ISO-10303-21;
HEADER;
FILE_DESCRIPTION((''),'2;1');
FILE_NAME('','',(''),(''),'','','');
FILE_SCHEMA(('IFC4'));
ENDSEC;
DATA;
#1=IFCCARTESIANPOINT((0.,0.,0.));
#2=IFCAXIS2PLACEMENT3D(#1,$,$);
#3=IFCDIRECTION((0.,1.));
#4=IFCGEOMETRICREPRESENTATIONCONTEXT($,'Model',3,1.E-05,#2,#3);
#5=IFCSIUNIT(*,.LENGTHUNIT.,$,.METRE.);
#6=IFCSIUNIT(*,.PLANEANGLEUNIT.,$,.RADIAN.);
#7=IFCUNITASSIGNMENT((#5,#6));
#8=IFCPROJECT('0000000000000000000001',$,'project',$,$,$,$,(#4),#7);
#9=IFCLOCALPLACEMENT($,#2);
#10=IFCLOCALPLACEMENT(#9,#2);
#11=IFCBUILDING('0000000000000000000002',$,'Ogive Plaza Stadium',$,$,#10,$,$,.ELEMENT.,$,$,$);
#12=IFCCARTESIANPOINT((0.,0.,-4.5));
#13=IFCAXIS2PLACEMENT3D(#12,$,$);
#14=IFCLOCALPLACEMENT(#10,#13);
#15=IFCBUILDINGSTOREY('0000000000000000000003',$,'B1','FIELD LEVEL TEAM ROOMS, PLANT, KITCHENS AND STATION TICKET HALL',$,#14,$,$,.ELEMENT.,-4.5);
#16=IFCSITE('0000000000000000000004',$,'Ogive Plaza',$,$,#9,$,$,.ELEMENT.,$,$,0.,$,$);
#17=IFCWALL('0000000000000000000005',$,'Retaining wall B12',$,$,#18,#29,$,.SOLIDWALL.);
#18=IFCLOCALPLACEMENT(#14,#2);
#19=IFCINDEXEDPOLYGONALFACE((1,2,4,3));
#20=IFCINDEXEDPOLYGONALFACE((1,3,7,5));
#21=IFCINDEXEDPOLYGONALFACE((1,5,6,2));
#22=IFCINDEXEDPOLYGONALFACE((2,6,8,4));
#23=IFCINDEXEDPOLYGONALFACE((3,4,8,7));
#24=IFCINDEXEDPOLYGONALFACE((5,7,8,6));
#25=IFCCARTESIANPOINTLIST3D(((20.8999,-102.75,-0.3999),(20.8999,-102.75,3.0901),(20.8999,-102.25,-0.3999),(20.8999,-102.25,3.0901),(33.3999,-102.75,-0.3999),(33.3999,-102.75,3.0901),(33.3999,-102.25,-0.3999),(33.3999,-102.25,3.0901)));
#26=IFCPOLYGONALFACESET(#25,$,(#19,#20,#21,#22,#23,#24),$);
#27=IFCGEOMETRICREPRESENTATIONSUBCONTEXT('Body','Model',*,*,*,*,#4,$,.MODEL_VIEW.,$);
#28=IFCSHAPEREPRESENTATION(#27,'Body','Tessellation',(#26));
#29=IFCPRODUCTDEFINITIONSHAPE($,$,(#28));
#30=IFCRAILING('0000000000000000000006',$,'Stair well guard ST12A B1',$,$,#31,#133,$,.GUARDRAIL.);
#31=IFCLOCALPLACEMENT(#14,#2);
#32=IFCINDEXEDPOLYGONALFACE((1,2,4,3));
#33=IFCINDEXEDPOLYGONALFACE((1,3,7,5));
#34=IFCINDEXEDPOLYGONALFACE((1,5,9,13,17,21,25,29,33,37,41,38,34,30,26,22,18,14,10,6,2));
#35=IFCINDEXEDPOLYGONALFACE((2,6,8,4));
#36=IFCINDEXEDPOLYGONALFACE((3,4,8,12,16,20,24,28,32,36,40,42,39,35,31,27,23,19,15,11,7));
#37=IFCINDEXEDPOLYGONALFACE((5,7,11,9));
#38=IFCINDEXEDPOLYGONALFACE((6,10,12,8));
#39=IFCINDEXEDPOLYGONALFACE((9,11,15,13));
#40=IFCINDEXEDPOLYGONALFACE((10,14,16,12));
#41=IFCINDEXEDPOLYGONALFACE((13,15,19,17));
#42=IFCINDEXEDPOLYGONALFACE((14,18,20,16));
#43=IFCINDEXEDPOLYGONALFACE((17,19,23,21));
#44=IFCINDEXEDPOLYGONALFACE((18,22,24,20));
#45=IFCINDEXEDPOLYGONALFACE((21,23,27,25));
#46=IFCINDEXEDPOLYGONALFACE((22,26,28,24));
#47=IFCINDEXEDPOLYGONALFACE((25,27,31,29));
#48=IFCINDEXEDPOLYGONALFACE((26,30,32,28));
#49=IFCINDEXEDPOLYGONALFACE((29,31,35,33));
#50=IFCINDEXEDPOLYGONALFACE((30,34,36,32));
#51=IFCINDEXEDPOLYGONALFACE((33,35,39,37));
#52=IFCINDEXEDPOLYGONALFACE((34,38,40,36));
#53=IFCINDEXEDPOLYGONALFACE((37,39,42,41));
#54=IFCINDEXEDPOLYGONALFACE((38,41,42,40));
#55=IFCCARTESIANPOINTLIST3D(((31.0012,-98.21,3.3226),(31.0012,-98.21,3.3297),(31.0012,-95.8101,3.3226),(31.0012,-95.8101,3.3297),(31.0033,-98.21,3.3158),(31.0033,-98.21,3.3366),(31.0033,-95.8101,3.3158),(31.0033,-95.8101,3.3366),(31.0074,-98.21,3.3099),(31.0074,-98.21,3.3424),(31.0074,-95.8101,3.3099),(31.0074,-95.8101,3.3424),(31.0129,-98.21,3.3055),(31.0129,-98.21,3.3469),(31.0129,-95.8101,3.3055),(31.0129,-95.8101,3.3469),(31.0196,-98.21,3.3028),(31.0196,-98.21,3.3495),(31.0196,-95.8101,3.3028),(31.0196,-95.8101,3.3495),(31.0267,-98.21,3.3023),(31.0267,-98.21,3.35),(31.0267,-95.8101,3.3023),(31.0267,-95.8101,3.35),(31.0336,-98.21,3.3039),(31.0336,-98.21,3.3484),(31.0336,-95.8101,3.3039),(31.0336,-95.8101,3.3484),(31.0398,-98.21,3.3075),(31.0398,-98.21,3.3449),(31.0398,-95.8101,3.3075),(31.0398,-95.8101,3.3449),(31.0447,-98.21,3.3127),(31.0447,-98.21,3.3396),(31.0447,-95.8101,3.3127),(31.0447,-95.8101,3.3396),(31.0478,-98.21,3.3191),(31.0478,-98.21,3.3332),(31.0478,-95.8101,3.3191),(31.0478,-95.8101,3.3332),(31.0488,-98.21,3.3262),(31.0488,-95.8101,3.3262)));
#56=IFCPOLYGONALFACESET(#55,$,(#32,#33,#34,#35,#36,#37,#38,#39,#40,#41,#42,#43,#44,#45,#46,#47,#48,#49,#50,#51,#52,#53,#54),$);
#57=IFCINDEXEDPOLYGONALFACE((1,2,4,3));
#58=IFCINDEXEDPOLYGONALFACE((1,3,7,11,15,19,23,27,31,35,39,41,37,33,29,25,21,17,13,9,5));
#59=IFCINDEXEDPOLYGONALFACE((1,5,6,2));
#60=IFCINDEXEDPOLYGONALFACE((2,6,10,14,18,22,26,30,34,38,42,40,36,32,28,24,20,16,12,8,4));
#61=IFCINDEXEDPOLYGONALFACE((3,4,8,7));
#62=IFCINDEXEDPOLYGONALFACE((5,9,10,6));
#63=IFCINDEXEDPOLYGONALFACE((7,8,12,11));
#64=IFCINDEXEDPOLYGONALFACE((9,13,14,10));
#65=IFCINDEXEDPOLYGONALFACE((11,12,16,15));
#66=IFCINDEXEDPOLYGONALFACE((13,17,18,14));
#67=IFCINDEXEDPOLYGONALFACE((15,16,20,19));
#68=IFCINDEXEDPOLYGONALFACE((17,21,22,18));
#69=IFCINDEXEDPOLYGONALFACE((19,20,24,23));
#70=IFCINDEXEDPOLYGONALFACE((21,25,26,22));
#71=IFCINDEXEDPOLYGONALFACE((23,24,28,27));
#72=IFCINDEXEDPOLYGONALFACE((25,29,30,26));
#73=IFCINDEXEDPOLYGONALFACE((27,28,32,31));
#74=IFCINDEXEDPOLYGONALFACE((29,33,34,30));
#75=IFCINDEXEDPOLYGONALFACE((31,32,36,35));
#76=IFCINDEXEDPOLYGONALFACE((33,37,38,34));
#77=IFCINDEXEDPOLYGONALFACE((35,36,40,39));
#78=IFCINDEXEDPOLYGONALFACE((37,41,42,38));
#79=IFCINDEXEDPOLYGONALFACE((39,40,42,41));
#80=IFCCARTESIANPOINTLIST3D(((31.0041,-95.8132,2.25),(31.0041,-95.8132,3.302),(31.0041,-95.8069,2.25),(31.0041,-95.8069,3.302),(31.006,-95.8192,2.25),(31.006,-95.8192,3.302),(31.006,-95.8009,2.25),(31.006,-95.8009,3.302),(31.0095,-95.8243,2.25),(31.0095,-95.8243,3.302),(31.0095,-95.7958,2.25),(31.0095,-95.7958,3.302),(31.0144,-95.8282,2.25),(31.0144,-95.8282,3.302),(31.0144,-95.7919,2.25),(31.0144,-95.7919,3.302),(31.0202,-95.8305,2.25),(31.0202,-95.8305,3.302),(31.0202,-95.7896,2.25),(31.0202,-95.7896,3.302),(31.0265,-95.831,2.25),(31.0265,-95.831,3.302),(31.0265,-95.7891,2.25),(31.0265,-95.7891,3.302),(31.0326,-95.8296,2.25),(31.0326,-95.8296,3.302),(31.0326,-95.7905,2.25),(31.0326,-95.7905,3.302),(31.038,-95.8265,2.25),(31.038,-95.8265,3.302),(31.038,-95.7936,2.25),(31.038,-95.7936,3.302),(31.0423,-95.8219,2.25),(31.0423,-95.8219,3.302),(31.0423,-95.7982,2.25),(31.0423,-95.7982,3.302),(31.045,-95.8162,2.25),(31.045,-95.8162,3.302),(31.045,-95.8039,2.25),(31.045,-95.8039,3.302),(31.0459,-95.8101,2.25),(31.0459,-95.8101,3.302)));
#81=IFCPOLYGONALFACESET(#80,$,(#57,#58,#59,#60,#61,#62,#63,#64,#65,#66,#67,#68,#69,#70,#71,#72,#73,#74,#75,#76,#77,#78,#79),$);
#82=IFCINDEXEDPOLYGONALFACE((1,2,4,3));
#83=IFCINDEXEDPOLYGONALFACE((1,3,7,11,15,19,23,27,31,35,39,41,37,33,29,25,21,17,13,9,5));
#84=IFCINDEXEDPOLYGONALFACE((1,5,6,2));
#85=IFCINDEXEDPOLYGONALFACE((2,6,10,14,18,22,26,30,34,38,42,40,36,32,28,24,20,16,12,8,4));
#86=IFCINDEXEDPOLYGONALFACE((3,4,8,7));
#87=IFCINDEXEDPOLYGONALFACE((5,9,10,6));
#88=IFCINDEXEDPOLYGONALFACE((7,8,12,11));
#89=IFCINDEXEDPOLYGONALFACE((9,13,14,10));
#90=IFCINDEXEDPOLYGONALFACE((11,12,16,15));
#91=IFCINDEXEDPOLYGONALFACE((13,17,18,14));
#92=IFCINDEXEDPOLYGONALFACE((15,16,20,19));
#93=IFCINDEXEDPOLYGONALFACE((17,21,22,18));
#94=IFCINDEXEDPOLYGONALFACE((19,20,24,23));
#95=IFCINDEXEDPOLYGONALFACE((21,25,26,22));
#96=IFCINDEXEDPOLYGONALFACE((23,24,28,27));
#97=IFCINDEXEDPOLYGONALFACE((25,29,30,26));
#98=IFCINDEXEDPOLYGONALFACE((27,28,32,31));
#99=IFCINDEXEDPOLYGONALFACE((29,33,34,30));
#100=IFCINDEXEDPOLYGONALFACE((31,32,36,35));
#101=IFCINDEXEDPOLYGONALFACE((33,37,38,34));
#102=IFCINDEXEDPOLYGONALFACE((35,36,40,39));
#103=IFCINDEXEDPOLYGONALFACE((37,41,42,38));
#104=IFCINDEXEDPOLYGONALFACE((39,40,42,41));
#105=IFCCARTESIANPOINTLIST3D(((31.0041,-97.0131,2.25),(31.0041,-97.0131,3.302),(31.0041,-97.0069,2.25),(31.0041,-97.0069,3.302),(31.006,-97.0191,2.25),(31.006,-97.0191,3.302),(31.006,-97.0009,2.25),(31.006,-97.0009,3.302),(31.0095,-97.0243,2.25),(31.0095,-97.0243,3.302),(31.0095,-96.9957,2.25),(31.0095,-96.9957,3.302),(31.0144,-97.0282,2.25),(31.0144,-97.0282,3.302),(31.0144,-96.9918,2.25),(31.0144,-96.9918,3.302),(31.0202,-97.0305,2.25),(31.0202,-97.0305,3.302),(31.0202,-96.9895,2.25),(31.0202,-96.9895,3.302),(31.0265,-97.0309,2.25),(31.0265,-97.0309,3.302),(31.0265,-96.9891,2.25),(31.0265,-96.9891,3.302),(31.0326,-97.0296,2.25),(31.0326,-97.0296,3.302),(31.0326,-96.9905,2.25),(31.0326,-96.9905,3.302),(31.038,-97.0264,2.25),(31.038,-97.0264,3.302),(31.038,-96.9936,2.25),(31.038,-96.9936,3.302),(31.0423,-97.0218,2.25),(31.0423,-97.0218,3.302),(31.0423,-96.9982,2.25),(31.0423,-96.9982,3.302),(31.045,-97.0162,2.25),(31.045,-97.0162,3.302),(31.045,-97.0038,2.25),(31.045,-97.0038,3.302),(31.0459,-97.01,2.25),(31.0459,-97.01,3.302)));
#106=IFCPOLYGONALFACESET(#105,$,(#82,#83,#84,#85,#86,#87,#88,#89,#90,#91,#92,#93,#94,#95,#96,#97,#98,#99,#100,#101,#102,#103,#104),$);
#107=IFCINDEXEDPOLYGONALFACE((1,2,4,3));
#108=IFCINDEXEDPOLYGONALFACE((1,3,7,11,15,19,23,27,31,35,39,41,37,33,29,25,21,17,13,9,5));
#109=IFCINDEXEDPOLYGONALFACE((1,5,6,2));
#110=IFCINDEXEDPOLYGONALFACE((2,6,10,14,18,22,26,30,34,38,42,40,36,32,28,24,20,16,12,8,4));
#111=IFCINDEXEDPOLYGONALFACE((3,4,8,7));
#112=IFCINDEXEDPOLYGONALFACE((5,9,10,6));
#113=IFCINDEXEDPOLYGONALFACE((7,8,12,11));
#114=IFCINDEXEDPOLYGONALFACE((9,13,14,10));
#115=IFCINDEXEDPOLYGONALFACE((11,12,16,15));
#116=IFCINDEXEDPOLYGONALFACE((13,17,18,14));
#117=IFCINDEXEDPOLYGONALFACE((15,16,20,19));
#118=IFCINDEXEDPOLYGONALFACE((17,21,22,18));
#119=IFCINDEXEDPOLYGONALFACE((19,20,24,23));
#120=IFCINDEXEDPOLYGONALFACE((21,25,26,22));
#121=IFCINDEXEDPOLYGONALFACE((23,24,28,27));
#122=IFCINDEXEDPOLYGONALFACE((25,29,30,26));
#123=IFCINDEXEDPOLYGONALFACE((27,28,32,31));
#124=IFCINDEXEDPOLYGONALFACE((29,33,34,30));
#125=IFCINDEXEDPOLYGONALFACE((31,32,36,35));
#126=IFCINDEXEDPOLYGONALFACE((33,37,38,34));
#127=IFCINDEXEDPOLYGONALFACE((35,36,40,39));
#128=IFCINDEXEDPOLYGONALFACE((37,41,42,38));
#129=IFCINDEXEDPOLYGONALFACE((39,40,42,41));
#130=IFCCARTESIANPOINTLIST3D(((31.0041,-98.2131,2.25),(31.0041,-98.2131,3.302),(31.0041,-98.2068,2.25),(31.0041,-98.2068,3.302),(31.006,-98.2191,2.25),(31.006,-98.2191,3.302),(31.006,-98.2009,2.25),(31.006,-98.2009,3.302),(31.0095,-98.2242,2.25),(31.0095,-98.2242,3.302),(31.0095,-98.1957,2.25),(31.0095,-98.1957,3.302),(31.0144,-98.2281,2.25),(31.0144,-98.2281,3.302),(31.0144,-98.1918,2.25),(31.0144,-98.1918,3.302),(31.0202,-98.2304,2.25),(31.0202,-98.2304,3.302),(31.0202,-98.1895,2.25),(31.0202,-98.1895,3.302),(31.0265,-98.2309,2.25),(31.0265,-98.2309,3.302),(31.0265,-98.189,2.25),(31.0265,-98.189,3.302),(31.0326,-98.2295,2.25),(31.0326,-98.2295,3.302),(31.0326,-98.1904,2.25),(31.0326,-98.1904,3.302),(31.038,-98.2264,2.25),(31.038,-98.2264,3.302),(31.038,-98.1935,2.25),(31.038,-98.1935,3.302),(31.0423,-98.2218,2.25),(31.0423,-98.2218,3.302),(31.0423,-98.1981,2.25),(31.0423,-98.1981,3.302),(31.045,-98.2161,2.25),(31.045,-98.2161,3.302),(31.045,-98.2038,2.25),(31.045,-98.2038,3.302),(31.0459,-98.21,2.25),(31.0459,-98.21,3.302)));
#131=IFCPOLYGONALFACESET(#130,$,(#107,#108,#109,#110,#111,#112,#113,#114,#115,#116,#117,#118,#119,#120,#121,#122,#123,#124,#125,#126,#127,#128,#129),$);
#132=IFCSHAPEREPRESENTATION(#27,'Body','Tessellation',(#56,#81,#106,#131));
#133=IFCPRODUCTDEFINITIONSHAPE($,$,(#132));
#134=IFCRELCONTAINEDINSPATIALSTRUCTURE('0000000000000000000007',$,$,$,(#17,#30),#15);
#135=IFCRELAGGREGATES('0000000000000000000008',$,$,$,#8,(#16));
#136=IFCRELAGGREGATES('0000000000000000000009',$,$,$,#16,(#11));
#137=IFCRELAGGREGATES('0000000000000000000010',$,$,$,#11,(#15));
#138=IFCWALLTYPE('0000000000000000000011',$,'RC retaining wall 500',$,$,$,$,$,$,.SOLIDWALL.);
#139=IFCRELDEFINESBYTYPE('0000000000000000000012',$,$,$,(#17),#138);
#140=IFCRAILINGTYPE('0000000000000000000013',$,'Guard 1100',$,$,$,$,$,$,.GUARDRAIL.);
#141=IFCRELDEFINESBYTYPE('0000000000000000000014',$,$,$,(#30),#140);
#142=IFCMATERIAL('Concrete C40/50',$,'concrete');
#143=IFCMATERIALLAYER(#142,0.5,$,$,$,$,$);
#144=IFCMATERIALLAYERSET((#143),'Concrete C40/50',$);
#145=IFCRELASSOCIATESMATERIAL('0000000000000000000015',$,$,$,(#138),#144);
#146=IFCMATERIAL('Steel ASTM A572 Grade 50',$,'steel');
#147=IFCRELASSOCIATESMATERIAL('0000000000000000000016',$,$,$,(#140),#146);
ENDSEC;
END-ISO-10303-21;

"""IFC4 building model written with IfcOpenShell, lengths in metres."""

from ifc_helpers import new_model, si_unit, direction, frame, frame_2d, origin, origin_2d, place, context, subcontext, project, spatial, rectangle, circle, extrude, material, layer, layer_set, type_object, element, save


model = new_model("IFC4")

# Units and contexts
model_context = context("Model", 3, precision=1e-05, world=origin(), true_north=direction((0.0, 1.0)))
body_context = subcontext(model_context, "Body", "Model", "MODEL_VIEW")
ifc_project = project(units=[si_unit("LENGTHUNIT", "METRE"), si_unit("PLANEANGLEUNIT", "RADIAN")], contexts=[model_context])

# Site, building, storey
site_placement = place(None, origin())
site = spatial("IfcSite", under=ifc_project, at=site_placement, Name="Ogive Plaza", CompositionType="ELEMENT", RefElevation=0.0)
building_placement = place(site_placement, origin())
building = spatial("IfcBuilding", under=site, at=building_placement, Name="Ogive Plaza Stadium", CompositionType="ELEMENT")
storey_placement = place(building_placement, frame((0.0, 0.0, -4.5)))
storey = spatial("IfcBuildingStorey", under=building, at=storey_placement, Name="B1", Description="FIELD LEVEL TEAM ROOMS, PLANT, KITCHENS AND STATION TICKET HALL", CompositionType="ELEMENT", Elevation=-4.5)

# Wall
ifc_material_1 = material(Name="Concrete C40/50", Category="concrete")
ifc_layer_1 = layer(ifc_material_1, 0.5)
ifc_layer_set_1 = layer_set([ifc_layer_1], Name="Concrete C40/50")
wall_type_1 = type_object("IfcWallType", Name="RC retaining wall 500", PredefinedType="SOLIDWALL", material=ifc_layer_set_1)
wall_1_placement = place(storey_placement, frame((33.3999, -102.5, -0.3999), z_axis=(0.0, 0.0, 1.0), x_axis=(-1.0, 0.0, 0.0)))
element("IfcWall", 1, at=wall_1_placement, inside=storey, type_object=wall_type_1, Name="Retaining wall B12", PredefinedType="SOLIDWALL", context=body_context, shape_type="SweptSolid", body=[
    extrude(rectangle(XDim=12.5, YDim=0.5, at=frame_2d((6.25, 0.0))), origin(), (0.0, 0.0, 1.0), 3.49),
])

# Railing
ifc_material_2 = material(Name="Steel ASTM A572 Grade 50", Category="steel")
railing_type_1 = type_object("IfcRailingType", Name="Guard 1100", PredefinedType="GUARDRAIL", material=ifc_material_2)
for number, where, name in (
    (2, (31.0249, -95.8101, 2.25), "Stair well guard ST12A B1"),
):
    element("IfcRailing", number, at=place(storey_placement, frame(where)), inside=storey, type_object=railing_type_1, Name=name, PredefinedType="GUARDRAIL", context=body_context, shape_type="SweptSolid", body=[
        extrude(circle(Radius=0.0239, at=origin_2d()), frame((0.0, 0.0, 1.0762), z_axis=(0.0, -1.0, 0.0), x_axis=(1.0, 0.0, 0.0)), (0.0, 0.0, 1.0), 2.3999),
        extrude(circle(Radius=0.021, at=origin_2d()), origin(), (0.0, 0.0, 1.0), 1.052),
        extrude(circle(Radius=0.021, at=origin_2d()), frame((0.0, -1.2, 0.0)), (0.0, 0.0, 1.0), 1.052),
        extrude(circle(Radius=0.021, at=origin_2d()), frame((0.0, -2.3999, 0.0)), (0.0, 0.0, 1.0), 1.052),
    ])

save(model, "model.ifc")
